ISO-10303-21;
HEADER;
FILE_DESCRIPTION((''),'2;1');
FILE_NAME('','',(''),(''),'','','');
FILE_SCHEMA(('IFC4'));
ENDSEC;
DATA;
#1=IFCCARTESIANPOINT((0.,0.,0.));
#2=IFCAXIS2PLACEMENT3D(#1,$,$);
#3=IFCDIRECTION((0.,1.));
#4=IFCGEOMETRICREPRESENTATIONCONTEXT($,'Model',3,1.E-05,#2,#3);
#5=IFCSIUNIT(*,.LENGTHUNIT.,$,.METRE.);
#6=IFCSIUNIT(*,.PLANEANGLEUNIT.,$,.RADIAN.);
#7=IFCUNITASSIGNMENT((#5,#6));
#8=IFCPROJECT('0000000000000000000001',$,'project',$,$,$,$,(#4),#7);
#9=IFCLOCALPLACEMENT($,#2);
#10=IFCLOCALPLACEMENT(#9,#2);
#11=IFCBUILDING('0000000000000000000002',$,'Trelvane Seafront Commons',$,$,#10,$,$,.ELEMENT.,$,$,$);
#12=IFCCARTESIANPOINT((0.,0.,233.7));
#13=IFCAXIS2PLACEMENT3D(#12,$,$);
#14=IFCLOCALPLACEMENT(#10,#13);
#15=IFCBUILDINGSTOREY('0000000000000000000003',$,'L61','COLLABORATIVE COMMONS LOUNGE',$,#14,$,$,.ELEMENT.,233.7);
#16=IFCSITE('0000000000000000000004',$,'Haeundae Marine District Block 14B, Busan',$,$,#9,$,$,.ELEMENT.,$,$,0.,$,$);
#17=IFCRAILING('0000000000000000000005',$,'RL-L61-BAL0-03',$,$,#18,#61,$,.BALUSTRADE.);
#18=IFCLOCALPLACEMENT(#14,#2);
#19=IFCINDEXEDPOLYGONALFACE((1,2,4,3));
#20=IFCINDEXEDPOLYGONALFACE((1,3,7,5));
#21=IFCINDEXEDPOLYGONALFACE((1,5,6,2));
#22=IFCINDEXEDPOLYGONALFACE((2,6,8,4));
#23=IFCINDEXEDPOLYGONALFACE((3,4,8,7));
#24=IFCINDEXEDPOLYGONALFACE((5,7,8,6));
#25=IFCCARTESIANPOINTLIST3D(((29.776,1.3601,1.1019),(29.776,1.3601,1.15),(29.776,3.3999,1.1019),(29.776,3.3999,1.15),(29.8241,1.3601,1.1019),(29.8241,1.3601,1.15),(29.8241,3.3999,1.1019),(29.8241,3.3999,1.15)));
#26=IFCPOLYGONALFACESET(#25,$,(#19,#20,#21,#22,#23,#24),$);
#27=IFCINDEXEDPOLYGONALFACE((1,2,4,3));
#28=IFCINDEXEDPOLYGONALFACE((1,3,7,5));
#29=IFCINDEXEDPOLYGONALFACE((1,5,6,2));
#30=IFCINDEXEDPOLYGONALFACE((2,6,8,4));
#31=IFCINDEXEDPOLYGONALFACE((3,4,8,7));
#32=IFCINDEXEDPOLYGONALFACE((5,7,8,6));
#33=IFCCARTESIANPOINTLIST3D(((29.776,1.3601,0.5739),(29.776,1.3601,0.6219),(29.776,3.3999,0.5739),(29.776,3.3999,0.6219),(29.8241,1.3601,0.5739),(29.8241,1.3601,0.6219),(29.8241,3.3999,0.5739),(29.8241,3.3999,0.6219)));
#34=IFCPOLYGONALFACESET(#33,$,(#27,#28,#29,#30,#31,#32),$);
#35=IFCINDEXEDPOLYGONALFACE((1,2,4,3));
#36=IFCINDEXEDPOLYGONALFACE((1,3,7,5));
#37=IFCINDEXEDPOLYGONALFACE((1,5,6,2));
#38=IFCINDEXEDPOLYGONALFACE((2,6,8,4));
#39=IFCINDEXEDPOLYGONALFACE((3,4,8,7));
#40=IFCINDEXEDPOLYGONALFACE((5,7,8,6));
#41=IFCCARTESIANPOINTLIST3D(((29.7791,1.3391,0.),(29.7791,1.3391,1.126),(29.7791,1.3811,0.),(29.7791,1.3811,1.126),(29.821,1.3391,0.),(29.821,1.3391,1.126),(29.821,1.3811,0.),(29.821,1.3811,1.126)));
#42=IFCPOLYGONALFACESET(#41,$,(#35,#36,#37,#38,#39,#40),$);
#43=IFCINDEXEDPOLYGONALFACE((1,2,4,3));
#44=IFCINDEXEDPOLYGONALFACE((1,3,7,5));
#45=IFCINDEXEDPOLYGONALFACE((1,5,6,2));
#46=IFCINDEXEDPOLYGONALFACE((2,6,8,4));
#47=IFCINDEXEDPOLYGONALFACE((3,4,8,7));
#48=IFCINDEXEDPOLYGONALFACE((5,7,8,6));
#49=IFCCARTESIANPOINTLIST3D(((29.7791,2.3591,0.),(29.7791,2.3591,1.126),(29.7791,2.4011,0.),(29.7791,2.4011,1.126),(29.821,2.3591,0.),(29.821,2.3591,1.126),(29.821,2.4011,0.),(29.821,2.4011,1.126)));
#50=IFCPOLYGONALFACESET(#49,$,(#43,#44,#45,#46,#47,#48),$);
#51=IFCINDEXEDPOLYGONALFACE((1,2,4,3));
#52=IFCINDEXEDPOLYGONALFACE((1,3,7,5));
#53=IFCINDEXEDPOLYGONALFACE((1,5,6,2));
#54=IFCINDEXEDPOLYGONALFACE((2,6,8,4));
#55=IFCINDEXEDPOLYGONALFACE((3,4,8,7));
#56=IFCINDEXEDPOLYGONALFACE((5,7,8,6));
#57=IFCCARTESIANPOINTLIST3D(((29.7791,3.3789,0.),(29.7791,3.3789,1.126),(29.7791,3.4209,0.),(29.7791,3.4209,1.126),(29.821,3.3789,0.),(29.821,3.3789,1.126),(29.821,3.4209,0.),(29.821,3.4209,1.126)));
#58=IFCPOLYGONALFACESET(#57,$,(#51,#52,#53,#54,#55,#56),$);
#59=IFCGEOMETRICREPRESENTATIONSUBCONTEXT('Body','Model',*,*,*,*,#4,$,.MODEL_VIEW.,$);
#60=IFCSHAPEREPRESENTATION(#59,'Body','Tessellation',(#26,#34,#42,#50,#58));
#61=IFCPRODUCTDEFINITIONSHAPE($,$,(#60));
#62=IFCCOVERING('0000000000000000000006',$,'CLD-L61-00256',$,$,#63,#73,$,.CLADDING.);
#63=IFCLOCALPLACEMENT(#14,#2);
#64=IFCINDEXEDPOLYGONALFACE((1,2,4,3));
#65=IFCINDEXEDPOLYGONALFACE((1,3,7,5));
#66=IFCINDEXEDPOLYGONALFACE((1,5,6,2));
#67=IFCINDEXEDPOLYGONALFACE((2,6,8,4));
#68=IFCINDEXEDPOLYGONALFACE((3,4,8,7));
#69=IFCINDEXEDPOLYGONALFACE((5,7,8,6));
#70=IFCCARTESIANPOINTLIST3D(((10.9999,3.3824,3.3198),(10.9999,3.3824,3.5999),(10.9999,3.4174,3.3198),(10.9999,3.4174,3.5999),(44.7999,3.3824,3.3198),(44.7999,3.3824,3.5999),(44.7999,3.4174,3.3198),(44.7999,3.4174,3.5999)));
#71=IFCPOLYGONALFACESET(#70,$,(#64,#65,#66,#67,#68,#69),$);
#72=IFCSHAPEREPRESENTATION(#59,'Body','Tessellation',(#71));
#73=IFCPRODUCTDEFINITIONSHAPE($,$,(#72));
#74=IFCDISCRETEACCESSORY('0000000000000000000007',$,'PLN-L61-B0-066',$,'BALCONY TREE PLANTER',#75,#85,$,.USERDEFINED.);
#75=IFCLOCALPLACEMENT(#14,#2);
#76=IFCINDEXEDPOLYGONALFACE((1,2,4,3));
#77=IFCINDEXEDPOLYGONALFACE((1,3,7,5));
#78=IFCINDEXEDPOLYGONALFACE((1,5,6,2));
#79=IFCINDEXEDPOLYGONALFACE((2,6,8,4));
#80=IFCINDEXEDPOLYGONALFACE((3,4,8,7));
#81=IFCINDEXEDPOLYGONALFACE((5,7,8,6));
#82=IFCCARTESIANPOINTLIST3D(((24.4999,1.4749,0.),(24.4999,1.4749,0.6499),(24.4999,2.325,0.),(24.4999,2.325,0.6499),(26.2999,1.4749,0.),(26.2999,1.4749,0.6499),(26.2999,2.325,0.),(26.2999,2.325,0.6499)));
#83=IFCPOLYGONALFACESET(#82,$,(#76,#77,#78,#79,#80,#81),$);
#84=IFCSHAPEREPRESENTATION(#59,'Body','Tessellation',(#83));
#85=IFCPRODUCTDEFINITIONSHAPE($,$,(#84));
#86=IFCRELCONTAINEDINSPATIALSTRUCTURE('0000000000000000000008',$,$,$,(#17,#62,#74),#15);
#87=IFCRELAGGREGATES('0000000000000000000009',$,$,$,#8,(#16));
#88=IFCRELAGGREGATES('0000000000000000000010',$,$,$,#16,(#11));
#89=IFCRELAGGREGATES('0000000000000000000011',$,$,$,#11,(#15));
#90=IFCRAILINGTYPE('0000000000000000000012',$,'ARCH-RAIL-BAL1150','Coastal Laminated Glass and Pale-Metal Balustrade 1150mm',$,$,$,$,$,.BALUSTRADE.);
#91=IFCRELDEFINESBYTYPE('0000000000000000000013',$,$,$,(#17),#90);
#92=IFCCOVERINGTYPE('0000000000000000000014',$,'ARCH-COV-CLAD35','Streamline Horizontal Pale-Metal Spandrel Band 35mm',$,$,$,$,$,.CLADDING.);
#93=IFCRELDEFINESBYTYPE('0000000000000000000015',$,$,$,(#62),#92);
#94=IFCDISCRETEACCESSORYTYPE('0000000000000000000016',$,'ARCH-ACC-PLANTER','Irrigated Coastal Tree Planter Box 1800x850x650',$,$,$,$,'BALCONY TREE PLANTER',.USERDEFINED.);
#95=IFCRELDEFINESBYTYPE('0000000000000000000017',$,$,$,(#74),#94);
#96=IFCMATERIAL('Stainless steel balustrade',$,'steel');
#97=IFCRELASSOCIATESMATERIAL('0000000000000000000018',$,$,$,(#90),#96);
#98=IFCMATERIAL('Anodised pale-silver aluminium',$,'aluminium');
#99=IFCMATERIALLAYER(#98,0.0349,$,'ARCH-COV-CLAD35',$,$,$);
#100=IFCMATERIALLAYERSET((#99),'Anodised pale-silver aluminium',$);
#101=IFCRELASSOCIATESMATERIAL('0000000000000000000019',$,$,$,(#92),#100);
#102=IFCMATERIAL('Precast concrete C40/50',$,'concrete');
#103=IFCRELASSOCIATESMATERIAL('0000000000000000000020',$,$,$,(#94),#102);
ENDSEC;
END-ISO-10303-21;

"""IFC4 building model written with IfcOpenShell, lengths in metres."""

from ifc_helpers import new_model, si_unit, direction, frame, origin, origin_2d, place, context, subcontext, project, spatial, rectangle, extrude, source, transform, mapped, material, layer, layer_set, type_object, element, save


model = new_model("IFC4")

# Units and contexts
model_context = context("Model", 3, precision=1e-05, world=origin(), true_north=direction((0.0, 1.0)))
body_context = subcontext(model_context, "Body", "Model", "MODEL_VIEW")
ifc_project = project(units=[si_unit("LENGTHUNIT", "METRE"), si_unit("PLANEANGLEUNIT", "RADIAN")], contexts=[model_context])

# Site, building, storey
site_placement = place(None, origin())
site = spatial("IfcSite", under=ifc_project, at=site_placement, Name="Haeundae Marine District Block 14B, Busan", CompositionType="ELEMENT", RefElevation=0.0)
building_placement = place(site_placement, origin())
building = spatial("IfcBuilding", under=site, at=building_placement, Name="Trelvane Seafront Commons", CompositionType="ELEMENT")
storey_placement = place(building_placement, frame((0.0, 0.0, 233.7)))
storey = spatial("IfcBuildingStorey", under=building, at=storey_placement, Name="L61", Description="COLLABORATIVE COMMONS LOUNGE", CompositionType="ELEMENT", Elevation=233.7)

# Shared definitions
ifc_material_1 = material(Name="Anodised pale-silver aluminium", Category="aluminium")

# Railing
ifc_material_2 = material(Name="Stainless steel balustrade", Category="steel")
railing_type = type_object("IfcRailingType", Name="ARCH-RAIL-BAL1150", Description="Coastal Laminated Glass and Pale-Metal Balustrade 1150mm", PredefinedType="BALUSTRADE", material=ifc_material_2)
railing_1_placement = place(storey_placement, frame((29.8, 1.3601, 0.0)))
element("IfcRailing", 1, at=railing_1_placement, inside=storey, type_object=railing_type, Name="RL-L61-BAL0-03", PredefinedType="BALUSTRADE", context=body_context, shape_type="SweptSolid", body=[
    extrude(rectangle(XDim=0.0481, YDim=0.0481, at=origin_2d()), frame((0.0, 0.0, 1.126), z_axis=(0.0, 1.0, 0.0), x_axis=(-1.0, 0.0, 0.0)), (0.0, 0.0, 1.0), 2.0398),
    extrude(rectangle(XDim=0.0481, YDim=0.0481, at=origin_2d()), frame((0.0, 0.0, 0.5979), z_axis=(0.0, 1.0, 0.0), x_axis=(-1.0, 0.0, 0.0)), (0.0, 0.0, 1.0), 2.0398),
    extrude(rectangle(XDim=0.042, YDim=0.042, at=origin_2d()), origin(), (0.0, 0.0, 1.0), 1.126),
    extrude(rectangle(XDim=0.042, YDim=0.042, at=origin_2d()), frame((0.0, 1.02, 0.0)), (0.0, 0.0, 1.0), 1.126),
    extrude(rectangle(XDim=0.042, YDim=0.042, at=origin_2d()), frame((0.0, 2.0398, 0.0)), (0.0, 0.0, 1.0), 1.126),
])

# Covering
ifc_layer_1 = layer(ifc_material_1, 0.0349, Name="ARCH-COV-CLAD35")
ifc_layer_set_1 = layer_set([ifc_layer_1], Name="Anodised pale-silver aluminium")
covering_type = type_object("IfcCoveringType", Name="ARCH-COV-CLAD35", Description="Streamline Horizontal Pale-Metal Spandrel Band 35mm", PredefinedType="CLADDING", material=ifc_layer_set_1)
shared_shape_1 = source(origin(), body_context, "Body", "SweptSolid", [
    extrude(rectangle(XDim=33.8, YDim=0.0349, at=origin_2d()), origin(), (0.0, 0.0, 1.0), 0.28),
])
covering_placement = place(storey_placement, frame((27.8999, 3.3999, 3.3198), z_axis=(0.0, 0.0, 1.0), x_axis=(-1.0, 0.0, 0.0)))
element("IfcCovering", 2, at=covering_placement, inside=storey, type_object=covering_type, Name="CLD-L61-00256", PredefinedType="CLADDING", context=body_context, shape_type="MappedRepresentation", body=[
    mapped(shared_shape_1, transform((0.0, 0.0, 0.0), x_axis=(1.0, 0.0, 0.0), y_axis=(0.0, 1.0, 0.0), z_axis=(0.0, 0.0, 1.0), scale=1.0)),
])

# Discrete accessory
ifc_material_3 = material(Name="Precast concrete C40/50", Category="concrete")
discrete_accessory_type = type_object("IfcDiscreteAccessoryType", Name="ARCH-ACC-PLANTER", Description="Irrigated Coastal Tree Planter Box 1800x850x650", ElementType="BALCONY TREE PLANTER", PredefinedType="USERDEFINED", material=ifc_material_3)
shared_shape_2 = source(origin(), body_context, "Body", "SweptSolid", [
    extrude(rectangle(XDim=1.8, YDim=0.8501, at=origin_2d()), origin(), (0.0, 0.0, 1.0), 0.6499),
])
discrete_accessory_placement = place(storey_placement, frame((25.3999, 1.8999, 0.0), z_axis=(0.0, 0.0, 1.0), x_axis=(1.0, 0.0, 0.0)))
element("IfcDiscreteAccessory", 3, at=discrete_accessory_placement, inside=storey, type_object=discrete_accessory_type, Name="PLN-L61-B0-066", ObjectType="BALCONY TREE PLANTER", PredefinedType="USERDEFINED", context=body_context, shape_type="MappedRepresentation", body=[
    mapped(shared_shape_2, transform((0.0, 0.0, 0.0), x_axis=(1.0, 0.0, 0.0), y_axis=(0.0, 1.0, 0.0), z_axis=(0.0, 0.0, 1.0), scale=1.0)),
])

save(model, "model.ifc")
